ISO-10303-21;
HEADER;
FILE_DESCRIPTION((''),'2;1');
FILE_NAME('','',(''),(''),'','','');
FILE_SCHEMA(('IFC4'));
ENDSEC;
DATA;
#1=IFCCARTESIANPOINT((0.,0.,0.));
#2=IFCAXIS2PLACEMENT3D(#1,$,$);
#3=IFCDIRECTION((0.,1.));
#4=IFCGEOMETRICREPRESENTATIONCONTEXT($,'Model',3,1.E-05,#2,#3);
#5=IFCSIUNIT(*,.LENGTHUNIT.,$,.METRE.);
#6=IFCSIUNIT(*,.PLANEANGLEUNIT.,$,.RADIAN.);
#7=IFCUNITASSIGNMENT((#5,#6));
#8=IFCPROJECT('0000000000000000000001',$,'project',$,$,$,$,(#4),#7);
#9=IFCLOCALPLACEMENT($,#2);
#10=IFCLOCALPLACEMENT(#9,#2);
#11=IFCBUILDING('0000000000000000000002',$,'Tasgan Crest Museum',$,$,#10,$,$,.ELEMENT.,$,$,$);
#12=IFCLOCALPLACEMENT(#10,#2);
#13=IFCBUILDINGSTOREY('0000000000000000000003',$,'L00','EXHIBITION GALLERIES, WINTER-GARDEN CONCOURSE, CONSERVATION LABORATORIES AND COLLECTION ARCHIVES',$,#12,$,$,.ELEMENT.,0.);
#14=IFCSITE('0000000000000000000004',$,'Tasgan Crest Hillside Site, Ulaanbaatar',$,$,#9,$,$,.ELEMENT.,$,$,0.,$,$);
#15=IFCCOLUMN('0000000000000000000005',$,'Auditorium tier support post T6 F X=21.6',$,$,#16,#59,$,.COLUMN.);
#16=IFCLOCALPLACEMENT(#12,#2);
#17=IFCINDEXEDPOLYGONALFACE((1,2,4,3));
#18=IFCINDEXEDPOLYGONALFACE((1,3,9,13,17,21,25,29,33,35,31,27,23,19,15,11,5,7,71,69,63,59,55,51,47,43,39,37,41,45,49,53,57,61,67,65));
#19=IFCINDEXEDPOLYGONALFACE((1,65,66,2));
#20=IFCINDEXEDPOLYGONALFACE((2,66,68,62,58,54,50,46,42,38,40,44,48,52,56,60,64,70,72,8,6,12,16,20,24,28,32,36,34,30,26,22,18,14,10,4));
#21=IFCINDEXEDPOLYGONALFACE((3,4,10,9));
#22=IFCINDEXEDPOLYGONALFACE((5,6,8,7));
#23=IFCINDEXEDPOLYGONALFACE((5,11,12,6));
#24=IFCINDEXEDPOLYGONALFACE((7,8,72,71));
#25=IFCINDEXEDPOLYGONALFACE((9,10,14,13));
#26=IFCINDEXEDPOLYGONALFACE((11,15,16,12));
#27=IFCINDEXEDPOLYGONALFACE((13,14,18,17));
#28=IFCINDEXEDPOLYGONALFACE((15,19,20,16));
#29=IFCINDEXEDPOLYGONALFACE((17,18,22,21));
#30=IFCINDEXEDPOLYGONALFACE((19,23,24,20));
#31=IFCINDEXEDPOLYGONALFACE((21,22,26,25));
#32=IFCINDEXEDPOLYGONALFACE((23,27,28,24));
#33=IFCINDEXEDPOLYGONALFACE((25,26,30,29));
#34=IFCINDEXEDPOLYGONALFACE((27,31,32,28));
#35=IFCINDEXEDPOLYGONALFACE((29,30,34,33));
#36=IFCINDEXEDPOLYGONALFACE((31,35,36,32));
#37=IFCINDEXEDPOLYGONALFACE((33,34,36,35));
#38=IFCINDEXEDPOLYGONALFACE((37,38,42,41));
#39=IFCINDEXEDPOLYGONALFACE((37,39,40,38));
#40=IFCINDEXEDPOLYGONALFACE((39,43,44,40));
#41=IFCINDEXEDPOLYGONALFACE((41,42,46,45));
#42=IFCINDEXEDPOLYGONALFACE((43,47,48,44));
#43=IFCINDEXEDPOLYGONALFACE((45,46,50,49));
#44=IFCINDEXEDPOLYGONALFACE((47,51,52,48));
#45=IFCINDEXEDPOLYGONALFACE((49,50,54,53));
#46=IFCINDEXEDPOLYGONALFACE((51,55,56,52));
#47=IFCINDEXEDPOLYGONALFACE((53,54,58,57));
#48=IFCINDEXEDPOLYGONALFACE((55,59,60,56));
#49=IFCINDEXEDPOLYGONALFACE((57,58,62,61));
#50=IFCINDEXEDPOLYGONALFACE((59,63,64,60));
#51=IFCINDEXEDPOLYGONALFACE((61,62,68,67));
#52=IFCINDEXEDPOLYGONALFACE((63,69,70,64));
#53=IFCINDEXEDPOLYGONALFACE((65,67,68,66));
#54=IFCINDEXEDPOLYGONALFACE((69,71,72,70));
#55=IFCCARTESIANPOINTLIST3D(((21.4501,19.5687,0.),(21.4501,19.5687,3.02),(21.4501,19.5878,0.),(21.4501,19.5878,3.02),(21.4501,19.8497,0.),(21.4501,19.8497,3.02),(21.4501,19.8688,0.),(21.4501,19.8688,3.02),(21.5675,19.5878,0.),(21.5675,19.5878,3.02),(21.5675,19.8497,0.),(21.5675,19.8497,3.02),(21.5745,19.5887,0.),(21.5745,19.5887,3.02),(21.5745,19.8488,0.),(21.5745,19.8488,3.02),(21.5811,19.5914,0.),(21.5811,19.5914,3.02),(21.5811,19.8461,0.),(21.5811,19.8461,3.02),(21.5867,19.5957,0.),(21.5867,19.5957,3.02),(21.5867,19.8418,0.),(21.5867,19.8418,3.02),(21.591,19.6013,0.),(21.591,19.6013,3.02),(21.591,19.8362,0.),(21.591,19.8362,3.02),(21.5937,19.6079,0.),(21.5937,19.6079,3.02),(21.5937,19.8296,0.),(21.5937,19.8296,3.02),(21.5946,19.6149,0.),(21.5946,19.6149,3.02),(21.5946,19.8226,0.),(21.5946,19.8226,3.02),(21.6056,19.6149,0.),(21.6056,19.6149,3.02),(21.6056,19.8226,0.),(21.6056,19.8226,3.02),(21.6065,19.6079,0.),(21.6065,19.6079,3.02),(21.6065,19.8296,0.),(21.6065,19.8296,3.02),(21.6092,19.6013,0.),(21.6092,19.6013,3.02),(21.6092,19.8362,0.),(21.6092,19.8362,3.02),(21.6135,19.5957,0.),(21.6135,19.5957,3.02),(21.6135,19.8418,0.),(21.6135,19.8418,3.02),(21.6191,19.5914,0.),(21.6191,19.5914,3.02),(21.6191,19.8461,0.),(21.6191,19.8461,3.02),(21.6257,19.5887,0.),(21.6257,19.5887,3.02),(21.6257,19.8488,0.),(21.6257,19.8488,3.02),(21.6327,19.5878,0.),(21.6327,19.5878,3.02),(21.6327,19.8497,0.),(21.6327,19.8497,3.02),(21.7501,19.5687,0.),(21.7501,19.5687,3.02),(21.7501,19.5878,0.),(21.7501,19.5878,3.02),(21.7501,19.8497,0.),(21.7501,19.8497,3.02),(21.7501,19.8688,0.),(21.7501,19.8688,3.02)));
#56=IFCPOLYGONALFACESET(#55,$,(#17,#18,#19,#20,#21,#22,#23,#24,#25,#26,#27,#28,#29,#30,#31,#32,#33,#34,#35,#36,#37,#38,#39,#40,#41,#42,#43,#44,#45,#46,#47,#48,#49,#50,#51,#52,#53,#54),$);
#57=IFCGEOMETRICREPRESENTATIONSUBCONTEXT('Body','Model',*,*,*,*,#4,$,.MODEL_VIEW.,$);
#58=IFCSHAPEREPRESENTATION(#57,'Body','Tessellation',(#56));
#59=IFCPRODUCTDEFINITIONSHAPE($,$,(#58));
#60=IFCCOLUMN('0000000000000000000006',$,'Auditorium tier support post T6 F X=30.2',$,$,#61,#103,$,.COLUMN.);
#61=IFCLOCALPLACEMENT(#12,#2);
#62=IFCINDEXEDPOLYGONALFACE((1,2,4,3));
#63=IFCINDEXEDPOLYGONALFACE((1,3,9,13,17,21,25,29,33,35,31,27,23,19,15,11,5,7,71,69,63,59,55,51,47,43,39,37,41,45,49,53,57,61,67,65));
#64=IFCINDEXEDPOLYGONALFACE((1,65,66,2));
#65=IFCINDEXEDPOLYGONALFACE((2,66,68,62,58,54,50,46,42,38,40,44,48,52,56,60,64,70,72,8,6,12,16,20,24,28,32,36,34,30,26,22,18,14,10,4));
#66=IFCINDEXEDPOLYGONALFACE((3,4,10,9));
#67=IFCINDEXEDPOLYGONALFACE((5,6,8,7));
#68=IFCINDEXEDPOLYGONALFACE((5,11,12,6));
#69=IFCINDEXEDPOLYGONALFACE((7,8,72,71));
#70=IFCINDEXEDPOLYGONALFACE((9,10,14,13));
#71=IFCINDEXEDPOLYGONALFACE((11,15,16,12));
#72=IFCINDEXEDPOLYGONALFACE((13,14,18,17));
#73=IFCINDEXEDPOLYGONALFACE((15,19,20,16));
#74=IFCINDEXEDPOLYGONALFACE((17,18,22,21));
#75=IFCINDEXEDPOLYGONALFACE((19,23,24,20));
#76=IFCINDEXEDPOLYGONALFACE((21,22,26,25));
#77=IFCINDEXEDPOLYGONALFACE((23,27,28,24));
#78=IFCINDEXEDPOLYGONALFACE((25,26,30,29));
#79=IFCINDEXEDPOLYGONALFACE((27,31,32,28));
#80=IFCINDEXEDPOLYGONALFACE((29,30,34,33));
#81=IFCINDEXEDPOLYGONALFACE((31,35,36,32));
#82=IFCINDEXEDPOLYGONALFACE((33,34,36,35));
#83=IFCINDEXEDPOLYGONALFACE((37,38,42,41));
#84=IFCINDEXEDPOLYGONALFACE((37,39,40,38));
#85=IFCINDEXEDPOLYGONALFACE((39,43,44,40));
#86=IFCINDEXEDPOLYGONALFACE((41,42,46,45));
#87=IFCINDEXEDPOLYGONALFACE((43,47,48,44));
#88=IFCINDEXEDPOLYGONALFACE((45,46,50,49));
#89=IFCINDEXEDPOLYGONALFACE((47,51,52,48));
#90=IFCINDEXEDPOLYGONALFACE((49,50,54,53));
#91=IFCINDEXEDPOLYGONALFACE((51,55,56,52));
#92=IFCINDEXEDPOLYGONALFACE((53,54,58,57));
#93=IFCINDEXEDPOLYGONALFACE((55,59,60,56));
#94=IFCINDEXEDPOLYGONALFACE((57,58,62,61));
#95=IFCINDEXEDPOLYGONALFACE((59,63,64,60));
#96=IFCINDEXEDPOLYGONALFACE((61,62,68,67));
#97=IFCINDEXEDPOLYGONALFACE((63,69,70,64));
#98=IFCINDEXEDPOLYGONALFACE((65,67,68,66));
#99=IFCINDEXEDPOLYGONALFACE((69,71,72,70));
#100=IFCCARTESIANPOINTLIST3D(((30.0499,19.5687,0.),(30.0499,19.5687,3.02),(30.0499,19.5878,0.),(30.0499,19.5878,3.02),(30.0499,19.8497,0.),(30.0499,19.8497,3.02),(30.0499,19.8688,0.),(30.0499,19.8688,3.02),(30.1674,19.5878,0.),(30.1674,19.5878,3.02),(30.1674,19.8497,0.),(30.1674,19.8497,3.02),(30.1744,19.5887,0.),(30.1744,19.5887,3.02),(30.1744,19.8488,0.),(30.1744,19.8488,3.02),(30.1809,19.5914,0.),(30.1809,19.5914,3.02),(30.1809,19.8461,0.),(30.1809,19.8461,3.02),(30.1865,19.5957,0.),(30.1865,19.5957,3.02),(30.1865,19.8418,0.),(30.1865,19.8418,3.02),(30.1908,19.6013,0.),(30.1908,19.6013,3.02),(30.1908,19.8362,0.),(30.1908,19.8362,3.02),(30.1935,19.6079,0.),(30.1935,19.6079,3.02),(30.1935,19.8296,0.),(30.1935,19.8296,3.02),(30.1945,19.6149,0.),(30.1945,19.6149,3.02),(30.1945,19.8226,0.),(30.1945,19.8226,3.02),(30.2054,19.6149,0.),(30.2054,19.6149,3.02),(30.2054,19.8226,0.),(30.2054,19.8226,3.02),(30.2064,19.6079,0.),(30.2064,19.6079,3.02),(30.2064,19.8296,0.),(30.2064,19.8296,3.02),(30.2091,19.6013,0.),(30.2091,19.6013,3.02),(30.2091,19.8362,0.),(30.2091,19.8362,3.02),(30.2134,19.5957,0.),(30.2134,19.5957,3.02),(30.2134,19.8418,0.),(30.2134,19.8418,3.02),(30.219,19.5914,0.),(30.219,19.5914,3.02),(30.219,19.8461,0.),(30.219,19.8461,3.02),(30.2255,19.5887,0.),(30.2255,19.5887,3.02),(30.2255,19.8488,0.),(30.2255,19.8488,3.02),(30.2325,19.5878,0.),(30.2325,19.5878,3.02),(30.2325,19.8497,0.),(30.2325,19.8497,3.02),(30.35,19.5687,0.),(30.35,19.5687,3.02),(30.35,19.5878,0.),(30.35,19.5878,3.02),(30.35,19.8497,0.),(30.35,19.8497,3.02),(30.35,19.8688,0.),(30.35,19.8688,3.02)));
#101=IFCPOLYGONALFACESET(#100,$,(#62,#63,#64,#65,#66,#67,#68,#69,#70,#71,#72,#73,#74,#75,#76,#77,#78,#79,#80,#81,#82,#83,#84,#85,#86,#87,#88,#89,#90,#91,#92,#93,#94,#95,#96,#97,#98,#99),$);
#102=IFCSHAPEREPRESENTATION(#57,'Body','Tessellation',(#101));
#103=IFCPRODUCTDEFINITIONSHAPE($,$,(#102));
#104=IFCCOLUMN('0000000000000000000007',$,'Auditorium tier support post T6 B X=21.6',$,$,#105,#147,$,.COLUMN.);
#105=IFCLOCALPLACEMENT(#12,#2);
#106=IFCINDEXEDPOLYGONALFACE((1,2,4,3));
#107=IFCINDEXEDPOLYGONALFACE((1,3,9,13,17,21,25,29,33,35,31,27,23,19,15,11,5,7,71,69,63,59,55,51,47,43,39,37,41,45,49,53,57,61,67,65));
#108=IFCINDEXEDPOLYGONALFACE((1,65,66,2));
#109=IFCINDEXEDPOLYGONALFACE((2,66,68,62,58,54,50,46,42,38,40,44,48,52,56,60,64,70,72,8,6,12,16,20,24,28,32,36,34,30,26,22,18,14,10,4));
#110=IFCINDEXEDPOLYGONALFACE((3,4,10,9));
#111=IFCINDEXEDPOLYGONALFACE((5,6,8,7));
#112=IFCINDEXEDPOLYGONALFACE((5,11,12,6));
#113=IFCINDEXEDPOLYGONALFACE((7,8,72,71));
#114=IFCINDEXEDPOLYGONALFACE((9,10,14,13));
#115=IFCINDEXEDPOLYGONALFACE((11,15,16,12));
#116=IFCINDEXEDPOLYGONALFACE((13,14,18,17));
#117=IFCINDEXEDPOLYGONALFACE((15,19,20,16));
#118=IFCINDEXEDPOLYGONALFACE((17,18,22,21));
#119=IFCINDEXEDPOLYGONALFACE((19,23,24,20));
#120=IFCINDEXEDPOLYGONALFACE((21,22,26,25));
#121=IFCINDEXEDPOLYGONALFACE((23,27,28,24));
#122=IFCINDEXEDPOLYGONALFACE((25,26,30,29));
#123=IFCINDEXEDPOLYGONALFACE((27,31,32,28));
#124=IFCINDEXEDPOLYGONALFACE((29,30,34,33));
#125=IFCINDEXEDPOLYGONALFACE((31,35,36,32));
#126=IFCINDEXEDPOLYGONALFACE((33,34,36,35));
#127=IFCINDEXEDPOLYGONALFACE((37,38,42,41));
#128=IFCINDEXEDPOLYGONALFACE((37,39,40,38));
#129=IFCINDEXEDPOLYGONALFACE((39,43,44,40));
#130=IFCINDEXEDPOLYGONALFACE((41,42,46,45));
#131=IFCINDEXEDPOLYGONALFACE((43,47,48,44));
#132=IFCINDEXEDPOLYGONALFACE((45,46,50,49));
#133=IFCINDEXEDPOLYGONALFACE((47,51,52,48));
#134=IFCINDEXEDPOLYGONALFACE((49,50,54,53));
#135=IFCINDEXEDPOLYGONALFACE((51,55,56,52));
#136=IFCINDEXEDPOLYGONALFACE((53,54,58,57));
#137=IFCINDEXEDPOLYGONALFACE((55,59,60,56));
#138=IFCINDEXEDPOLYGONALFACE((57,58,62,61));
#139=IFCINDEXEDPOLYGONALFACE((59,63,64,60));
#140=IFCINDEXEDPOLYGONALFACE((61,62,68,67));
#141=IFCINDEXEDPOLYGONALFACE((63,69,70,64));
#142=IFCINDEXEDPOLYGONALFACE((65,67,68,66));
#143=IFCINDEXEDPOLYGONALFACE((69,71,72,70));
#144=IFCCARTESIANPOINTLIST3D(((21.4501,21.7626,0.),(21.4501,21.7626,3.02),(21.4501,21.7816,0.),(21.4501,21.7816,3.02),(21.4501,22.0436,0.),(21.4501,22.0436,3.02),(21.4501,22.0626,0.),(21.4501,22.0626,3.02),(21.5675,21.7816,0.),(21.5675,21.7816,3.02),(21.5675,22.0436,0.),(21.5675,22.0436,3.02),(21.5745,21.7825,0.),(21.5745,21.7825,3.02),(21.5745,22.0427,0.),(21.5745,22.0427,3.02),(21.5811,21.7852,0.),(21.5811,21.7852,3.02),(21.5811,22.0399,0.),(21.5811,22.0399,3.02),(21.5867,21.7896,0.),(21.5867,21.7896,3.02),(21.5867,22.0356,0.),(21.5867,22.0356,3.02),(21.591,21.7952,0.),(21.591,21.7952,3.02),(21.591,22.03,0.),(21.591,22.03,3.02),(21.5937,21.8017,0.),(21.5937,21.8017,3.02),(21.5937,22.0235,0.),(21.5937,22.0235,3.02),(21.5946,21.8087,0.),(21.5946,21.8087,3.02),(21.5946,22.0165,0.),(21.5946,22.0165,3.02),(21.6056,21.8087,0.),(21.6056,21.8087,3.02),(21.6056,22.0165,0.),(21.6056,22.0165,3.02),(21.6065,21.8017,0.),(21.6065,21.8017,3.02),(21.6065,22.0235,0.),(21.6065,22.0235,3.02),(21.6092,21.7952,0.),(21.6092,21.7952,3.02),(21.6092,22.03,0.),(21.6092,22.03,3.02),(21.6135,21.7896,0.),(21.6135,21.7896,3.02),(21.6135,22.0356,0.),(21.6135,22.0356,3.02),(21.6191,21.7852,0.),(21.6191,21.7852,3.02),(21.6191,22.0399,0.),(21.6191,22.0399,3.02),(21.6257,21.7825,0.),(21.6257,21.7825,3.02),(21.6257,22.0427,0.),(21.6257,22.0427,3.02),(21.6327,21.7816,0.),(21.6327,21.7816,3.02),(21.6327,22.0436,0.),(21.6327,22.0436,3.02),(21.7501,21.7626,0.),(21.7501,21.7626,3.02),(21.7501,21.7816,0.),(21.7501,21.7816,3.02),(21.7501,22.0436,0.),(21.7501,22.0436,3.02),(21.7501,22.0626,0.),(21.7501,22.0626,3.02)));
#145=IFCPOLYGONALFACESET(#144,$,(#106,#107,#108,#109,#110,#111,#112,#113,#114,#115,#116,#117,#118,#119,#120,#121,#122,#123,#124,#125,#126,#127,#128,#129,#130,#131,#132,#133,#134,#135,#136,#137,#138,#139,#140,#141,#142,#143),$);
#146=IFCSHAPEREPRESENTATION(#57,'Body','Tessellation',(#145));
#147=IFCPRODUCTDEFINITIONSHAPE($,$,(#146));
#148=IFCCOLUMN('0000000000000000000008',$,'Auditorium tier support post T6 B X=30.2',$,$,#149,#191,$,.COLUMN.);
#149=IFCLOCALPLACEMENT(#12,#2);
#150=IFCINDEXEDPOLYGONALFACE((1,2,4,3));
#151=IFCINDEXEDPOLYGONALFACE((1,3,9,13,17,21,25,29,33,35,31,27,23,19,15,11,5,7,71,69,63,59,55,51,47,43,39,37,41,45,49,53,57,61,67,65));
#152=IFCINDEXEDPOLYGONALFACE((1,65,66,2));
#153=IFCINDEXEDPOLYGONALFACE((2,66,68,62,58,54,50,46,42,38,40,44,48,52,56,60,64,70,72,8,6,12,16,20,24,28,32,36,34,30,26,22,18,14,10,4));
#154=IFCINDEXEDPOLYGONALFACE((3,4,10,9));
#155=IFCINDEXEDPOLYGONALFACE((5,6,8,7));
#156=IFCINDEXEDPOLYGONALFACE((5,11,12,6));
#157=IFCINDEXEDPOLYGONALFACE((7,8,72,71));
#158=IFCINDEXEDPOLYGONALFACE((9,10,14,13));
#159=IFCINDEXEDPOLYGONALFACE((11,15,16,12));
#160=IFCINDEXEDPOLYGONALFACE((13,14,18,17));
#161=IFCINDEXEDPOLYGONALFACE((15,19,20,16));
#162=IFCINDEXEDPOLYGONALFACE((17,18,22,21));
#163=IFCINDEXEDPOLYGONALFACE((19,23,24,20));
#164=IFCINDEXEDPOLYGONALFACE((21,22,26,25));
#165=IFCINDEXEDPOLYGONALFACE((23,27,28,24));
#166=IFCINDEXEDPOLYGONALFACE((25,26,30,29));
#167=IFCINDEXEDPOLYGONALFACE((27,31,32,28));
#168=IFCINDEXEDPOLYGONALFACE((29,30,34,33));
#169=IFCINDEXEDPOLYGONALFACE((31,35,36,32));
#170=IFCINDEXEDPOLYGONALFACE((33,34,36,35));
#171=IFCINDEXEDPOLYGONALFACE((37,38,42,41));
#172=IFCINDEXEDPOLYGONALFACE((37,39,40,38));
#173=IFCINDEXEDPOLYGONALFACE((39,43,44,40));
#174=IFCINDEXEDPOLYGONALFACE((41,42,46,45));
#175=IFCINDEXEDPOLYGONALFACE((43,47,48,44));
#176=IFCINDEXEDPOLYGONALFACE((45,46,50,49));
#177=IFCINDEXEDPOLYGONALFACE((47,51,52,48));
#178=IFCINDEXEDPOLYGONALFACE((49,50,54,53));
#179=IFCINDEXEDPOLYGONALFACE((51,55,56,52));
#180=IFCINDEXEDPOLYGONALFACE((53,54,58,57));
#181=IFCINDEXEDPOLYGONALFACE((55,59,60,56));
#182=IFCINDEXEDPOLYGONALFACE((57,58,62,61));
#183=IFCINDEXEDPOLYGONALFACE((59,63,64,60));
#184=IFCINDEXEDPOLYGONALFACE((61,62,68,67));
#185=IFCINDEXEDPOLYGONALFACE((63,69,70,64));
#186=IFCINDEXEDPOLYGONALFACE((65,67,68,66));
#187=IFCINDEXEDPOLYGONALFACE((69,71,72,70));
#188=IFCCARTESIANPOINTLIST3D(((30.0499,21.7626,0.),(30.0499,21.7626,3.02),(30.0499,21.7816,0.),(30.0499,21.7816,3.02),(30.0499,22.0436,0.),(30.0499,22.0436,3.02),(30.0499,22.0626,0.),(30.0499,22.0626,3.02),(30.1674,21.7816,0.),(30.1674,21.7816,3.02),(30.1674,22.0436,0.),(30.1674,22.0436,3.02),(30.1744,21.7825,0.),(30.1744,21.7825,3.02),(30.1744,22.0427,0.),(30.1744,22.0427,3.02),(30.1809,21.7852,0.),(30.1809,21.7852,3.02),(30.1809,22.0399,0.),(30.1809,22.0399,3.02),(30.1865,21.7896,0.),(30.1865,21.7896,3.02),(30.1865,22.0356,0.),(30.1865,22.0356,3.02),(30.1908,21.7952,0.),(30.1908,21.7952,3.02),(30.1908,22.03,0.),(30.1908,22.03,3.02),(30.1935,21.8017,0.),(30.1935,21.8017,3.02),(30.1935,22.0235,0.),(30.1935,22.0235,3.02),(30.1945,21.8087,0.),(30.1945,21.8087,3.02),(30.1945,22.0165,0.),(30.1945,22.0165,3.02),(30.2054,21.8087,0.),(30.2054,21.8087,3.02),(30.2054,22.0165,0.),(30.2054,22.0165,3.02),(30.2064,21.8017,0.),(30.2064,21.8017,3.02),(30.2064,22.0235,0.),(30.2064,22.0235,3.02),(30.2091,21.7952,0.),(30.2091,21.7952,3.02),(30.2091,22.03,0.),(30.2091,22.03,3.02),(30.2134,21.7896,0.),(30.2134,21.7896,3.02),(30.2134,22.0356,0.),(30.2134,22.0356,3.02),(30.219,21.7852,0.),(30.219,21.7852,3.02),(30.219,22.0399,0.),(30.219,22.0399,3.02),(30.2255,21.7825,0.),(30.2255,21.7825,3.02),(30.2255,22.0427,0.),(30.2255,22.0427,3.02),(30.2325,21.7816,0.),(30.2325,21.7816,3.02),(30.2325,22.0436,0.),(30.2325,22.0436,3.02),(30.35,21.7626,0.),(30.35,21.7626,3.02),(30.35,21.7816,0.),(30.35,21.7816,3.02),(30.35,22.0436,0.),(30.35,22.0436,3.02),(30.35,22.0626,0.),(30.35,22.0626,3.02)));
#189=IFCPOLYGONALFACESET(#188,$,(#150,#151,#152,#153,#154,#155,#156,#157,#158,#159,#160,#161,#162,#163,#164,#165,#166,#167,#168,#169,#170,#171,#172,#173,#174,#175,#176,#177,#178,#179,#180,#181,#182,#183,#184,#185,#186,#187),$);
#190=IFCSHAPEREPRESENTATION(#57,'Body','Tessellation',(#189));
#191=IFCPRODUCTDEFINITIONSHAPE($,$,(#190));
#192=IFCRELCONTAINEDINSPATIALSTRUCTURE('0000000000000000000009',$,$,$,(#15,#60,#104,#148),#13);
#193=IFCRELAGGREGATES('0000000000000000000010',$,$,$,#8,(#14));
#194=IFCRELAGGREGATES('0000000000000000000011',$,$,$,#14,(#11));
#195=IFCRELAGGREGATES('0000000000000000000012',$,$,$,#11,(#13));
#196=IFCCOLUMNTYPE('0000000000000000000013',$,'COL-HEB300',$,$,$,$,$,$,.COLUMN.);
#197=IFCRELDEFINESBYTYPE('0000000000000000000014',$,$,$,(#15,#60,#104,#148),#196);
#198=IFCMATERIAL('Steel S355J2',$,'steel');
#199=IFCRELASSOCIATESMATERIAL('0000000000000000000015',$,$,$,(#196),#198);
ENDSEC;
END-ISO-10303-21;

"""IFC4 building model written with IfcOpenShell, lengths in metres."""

from ifc_helpers import new_model, si_unit, direction, frame, origin, origin_2d, place, context, subcontext, project, spatial, i_section, extrude, material, material_profile, profile_set, type_object, element, save


model = new_model("IFC4")

# Units and contexts
model_context = context("Model", 3, precision=1e-05, world=origin(), true_north=direction((0.0, 1.0)))
body_context = subcontext(model_context, "Body", "Model", "MODEL_VIEW")
ifc_project = project(units=[si_unit("LENGTHUNIT", "METRE"), si_unit("PLANEANGLEUNIT", "RADIAN")], contexts=[model_context])

# Site, building, storey
site_placement = place(None, origin())
site = spatial("IfcSite", under=ifc_project, at=site_placement, Name="Tasgan Crest Hillside Site, Ulaanbaatar", CompositionType="ELEMENT", RefElevation=0.0)
building_placement = place(site_placement, origin())
building = spatial("IfcBuilding", under=site, at=building_placement, Name="Tasgan Crest Museum", CompositionType="ELEMENT")
storey_placement = place(building_placement, origin())
storey = spatial("IfcBuildingStorey", under=building, at=storey_placement, Name="L00", Description="EXHIBITION GALLERIES, WINTER-GARDEN CONCOURSE, CONSERVATION LABORATORIES AND COLLECTION ARCHIVES", CompositionType="ELEMENT", Elevation=0.0)

# Columns
ifc_material_1 = material(Name="Steel S355J2", Category="steel")
ifc_material_profile_1 = material_profile(ifc_material_1, i_section(OverallWidth=0.3, OverallDepth=0.3, WebThickness=0.011, FlangeThickness=0.019, FilletRadius=0.0271, at=origin_2d()), Name="HEB 300")
ifc_profile_set_1 = profile_set([ifc_material_profile_1], Name="Steel S355J2")
column_type = type_object("IfcColumnType", Name="COL-HEB300", PredefinedType="COLUMN", material=ifc_profile_set_1)
for number, where, z_axis, x_axis, name in (
    (1, (21.6001, 19.7188, 0.0), (0.0, 0.0, 1.0), (1.0, 0.0, 0.0), "Auditorium tier support post T6 F X=21.6"),
    (2, (30.2, 19.7188, 0.0), (0.0, 0.0, 1.0), (1.0, 0.0, 0.0), "Auditorium tier support post T6 F X=30.2"),
    (3, (21.6001, 21.9126, 0.0), (0.0, 0.0, 1.0), (1.0, 0.0, 0.0), "Auditorium tier support post T6 B X=21.6"),
    (4, (30.2, 21.9126, 0.0), (0.0, 0.0, 1.0), (1.0, 0.0, 0.0), "Auditorium tier support post T6 B X=30.2"),
):
    element("IfcColumn", number, at=place(storey_placement, frame(where, z_axis=z_axis, x_axis=x_axis)), inside=storey, type_object=column_type, Name=name, PredefinedType="COLUMN", context=body_context, shape_type="SweptSolid", body=[
        extrude(i_section(OverallWidth=0.3, OverallDepth=0.3, WebThickness=0.011, FlangeThickness=0.019, FilletRadius=0.0271, at=origin_2d()), origin(), (0.0, 0.0, 1.0), 3.02),
    ])

save(model, "model.ifc")
